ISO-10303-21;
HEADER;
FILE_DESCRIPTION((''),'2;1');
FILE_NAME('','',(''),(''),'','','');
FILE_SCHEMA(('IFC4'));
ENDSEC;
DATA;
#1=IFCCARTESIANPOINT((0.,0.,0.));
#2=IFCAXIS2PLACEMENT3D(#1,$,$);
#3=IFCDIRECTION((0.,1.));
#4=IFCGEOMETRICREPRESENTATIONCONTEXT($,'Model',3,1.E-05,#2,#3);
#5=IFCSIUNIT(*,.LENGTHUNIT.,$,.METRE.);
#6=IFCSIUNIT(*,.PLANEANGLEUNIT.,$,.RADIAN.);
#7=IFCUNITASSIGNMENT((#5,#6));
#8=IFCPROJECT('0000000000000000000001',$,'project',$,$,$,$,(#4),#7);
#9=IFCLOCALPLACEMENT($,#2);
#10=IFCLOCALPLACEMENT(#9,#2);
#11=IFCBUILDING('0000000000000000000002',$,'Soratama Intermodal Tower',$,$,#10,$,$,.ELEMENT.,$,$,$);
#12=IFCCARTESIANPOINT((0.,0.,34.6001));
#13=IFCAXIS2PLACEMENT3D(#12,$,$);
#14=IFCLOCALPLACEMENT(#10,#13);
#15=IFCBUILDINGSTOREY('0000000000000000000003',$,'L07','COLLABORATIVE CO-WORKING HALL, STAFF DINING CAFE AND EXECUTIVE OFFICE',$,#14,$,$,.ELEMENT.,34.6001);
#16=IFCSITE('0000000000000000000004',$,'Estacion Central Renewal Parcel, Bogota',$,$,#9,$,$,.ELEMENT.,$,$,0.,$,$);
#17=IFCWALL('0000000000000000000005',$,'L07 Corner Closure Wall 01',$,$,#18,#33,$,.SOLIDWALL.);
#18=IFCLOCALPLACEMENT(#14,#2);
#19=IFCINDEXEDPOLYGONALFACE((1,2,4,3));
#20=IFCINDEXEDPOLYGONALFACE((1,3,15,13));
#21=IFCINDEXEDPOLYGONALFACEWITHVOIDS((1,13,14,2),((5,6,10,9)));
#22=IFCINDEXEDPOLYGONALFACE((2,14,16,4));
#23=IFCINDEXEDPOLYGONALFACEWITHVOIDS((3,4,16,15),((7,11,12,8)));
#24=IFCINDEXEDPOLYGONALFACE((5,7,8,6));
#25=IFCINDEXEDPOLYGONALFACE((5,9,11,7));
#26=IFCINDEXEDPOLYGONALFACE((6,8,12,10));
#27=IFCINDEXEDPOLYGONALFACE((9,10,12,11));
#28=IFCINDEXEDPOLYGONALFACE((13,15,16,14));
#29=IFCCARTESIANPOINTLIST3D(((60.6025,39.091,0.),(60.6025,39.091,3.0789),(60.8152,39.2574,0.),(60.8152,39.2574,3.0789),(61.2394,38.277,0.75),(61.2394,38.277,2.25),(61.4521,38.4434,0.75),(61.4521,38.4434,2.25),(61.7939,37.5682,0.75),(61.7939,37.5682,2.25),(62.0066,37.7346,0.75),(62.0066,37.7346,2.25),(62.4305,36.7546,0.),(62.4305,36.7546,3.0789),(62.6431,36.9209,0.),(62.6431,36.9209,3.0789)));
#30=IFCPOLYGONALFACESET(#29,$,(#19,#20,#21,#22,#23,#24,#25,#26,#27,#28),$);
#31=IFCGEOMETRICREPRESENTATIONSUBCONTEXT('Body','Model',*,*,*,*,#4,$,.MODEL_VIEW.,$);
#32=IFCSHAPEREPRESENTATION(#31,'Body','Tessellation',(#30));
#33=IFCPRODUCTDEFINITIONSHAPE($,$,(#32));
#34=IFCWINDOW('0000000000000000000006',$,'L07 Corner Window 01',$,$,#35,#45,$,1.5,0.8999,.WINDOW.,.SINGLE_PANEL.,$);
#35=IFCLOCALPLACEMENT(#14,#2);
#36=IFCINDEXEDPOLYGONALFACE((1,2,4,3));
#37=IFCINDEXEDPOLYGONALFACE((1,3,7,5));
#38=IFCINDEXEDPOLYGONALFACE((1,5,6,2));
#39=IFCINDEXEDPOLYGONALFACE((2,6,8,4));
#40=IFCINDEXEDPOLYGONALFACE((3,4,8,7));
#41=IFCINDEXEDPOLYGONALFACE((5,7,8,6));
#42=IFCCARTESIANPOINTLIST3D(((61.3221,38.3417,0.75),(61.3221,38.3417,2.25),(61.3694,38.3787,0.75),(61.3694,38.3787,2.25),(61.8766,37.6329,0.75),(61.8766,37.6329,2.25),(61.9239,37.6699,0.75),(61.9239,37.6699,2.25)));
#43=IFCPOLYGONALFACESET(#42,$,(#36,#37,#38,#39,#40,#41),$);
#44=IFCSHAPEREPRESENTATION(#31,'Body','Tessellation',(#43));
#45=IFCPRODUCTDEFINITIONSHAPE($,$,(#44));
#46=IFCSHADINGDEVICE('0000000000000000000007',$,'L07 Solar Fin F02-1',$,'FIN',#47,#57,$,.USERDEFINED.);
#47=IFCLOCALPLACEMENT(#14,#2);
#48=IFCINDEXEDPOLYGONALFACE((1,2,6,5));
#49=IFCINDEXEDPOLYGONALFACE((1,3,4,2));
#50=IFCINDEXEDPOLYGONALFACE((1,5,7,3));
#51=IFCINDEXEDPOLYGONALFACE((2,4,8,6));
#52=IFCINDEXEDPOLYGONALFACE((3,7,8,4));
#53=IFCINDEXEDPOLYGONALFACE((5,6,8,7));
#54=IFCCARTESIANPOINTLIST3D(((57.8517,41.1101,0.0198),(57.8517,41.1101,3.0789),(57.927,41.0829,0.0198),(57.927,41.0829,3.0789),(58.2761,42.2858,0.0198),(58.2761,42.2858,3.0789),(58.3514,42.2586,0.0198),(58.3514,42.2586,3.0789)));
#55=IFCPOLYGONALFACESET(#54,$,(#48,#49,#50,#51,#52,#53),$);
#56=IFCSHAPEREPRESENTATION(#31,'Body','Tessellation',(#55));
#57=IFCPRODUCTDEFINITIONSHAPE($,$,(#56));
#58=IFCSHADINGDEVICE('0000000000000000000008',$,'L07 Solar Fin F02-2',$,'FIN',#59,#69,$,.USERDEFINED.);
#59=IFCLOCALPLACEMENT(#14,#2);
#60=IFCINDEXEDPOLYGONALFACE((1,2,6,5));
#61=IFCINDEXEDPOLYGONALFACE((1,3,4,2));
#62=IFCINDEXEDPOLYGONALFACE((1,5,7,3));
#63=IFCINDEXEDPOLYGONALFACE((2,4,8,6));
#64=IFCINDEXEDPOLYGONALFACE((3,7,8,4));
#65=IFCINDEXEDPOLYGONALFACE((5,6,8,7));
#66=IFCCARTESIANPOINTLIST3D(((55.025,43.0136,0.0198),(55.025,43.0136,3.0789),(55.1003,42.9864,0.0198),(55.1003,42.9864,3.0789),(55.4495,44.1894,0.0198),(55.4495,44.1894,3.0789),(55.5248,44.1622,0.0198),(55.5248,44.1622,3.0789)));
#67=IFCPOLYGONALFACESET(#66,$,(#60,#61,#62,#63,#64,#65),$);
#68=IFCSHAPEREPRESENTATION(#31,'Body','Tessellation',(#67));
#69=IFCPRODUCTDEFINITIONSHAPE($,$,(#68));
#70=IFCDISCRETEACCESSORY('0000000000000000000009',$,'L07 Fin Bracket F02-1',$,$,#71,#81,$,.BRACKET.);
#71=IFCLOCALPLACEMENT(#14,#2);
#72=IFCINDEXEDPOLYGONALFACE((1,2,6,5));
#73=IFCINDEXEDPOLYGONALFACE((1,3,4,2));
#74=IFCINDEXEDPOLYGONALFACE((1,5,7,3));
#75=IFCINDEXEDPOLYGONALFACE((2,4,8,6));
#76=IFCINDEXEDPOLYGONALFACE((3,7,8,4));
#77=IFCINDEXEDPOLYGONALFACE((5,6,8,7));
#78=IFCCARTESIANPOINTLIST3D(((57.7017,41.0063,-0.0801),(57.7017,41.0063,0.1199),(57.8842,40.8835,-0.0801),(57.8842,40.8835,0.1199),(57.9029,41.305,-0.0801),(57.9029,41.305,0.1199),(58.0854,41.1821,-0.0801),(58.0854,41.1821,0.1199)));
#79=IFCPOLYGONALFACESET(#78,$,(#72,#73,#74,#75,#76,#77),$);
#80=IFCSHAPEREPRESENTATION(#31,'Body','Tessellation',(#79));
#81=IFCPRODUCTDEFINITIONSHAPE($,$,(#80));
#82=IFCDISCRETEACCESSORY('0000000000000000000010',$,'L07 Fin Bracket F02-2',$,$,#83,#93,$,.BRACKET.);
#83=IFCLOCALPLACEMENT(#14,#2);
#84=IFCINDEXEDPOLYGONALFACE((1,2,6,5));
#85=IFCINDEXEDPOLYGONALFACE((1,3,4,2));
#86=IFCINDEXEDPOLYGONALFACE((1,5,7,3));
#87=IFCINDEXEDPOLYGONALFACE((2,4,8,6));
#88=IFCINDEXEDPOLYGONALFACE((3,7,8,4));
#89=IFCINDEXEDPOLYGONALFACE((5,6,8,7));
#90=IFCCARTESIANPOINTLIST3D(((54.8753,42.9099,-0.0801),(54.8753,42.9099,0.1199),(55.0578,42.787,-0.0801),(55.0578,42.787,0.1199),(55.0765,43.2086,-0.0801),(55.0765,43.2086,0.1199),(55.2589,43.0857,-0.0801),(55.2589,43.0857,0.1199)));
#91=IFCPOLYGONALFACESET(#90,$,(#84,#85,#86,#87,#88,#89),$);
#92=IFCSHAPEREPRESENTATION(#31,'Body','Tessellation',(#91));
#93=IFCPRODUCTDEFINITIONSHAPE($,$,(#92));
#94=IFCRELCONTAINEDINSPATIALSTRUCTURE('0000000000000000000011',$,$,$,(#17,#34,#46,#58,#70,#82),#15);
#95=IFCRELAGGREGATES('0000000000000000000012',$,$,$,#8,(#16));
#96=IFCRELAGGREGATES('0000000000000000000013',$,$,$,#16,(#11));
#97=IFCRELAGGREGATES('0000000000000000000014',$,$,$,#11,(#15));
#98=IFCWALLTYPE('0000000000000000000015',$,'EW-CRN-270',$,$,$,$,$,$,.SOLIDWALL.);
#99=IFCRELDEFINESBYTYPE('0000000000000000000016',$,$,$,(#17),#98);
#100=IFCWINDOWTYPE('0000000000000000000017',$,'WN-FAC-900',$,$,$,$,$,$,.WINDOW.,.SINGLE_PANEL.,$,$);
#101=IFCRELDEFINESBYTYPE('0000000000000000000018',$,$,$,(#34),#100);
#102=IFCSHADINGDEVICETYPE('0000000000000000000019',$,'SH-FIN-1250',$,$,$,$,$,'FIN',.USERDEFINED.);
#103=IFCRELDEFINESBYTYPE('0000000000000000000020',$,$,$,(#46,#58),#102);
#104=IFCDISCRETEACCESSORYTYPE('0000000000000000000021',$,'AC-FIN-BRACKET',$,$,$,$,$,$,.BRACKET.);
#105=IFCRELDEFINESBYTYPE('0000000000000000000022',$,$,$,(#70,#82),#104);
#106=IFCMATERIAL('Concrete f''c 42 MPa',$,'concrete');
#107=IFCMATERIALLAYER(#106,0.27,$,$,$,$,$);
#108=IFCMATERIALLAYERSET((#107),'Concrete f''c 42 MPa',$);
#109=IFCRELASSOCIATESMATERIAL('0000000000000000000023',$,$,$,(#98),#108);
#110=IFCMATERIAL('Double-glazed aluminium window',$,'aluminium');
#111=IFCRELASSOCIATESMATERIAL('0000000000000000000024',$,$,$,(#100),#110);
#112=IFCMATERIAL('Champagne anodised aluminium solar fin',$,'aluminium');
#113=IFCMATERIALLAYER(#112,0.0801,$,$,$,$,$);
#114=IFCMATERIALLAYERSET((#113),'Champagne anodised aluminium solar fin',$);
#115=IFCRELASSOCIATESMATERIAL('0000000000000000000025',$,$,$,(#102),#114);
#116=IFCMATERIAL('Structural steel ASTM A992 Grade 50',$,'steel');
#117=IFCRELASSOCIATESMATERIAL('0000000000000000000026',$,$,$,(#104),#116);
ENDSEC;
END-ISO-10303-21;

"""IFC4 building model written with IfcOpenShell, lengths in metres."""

from ifc_helpers import new_model, si_unit, direction, frame, frame_2d, origin, origin_2d, place, context, subcontext, project, spatial, rectangle, extrude, material, layer, layer_set, type_object, element, fill, save


model = new_model("IFC4")

# Units and contexts
model_context = context("Model", 3, precision=1e-05, world=origin(), true_north=direction((0.0, 1.0)))
body_context = subcontext(model_context, "Body", "Model", "MODEL_VIEW")
ifc_project = project(units=[si_unit("LENGTHUNIT", "METRE"), si_unit("PLANEANGLEUNIT", "RADIAN")], contexts=[model_context])

# Site, building, storey
site_placement = place(None, origin())
site = spatial("IfcSite", under=ifc_project, at=site_placement, Name="Estacion Central Renewal Parcel, Bogota", CompositionType="ELEMENT", RefElevation=0.0)
building_placement = place(site_placement, origin())
building = spatial("IfcBuilding", under=site, at=building_placement, Name="Soratama Intermodal Tower", CompositionType="ELEMENT")
storey_placement = place(building_placement, frame((0.0, 0.0, 34.6001)))
storey = spatial("IfcBuildingStorey", under=building, at=storey_placement, Name="L07", Description="COLLABORATIVE CO-WORKING HALL, STAFF DINING CAFE AND EXECUTIVE OFFICE", CompositionType="ELEMENT", Elevation=34.6001)

# Wall, opening, window
ifc_material_1 = material(Name="Concrete f'c 42 MPa", Category="concrete")
ifc_layer_1 = layer(ifc_material_1, 0.27)
ifc_layer_set_1 = layer_set([ifc_layer_1], Name="Concrete f'c 42 MPa")
wall_type = type_object("IfcWallType", Name="EW-CRN-270", PredefinedType="SOLIDWALL", material=ifc_layer_set_1)
wall_placement = place(storey_placement, frame((62.5369, 36.8376, 0.0), z_axis=(0.0, 0.0, 1.0), x_axis=(-0.616177, 0.787607, 0.0)))
wall = element("IfcWall", 1, at=wall_placement, inside=storey, type_object=wall_type, Name="L07 Corner Closure Wall 01", PredefinedType="SOLIDWALL", context=body_context, shape_type="SweptSolid", body=[
    extrude(rectangle(XDim=2.9666, YDim=0.27, at=frame_2d((1.4834, 0.0))), origin(), (0.0, 0.0, 1.0), 3.0789),
])
opening_placement = place(wall_placement, frame((1.0332, 0.0, 0.75)))
opening = element("IfcOpeningElement", 2, at=opening_placement, cuts=wall, PredefinedType="OPENING", context=body_context, shape_type="SweptSolid", body=[
    extrude(rectangle(XDim=0.8999, YDim=1.5, at=frame_2d((0.45, 0.75))), frame((0.0, 0.145, 0.0), z_axis=(0.0, -1.0, 0.0), x_axis=(1.0, 0.0, 0.0)), (0.0, 0.0, 1.0), 0.29),
])
ifc_material_2 = material(Name="Double-glazed aluminium window", Category="aluminium")
window_type = type_object("IfcWindowType", Name="WN-FAC-900", PartitioningType="SINGLE_PANEL", PredefinedType="WINDOW", material=ifc_material_2)
window_placement = place(opening_placement, origin())
window = element("IfcWindow", 3, at=window_placement, inside=storey, type_object=window_type, Name="L07 Corner Window 01", OverallHeight=1.5, OverallWidth=0.8999, PartitioningType="SINGLE_PANEL", PredefinedType="WINDOW", context=body_context, shape_type="SweptSolid", body=[
    extrude(rectangle(XDim=0.8999, YDim=1.5, at=frame_2d((0.45, 0.75))), frame((0.0, 0.03, 0.0), z_axis=(0.0, -1.0, 0.0), x_axis=(1.0, 0.0, 0.0)), (0.0, 0.0, 1.0), 0.0601),
])
fill(opening, window)

# Shading devices
ifc_material_3 = material(Name="Champagne anodised aluminium solar fin", Category="aluminium")
ifc_layer_2 = layer(ifc_material_3, 0.0801)
ifc_layer_set_2 = layer_set([ifc_layer_2], Name="Champagne anodised aluminium solar fin")
shading_device_type = type_object("IfcShadingDeviceType", Name="SH-FIN-1250", ElementType="FIN", PredefinedType="USERDEFINED", material=ifc_layer_set_2)
for number, where, z_axis, x_axis, name in (
    (4, (58.1016, 41.6843, 0.0198), (0.0, 0.0, 1.0), (0.339559, 0.940585, 0.0), "L07 Solar Fin F02-1"),
    (5, (55.2749, 43.5879, 0.0198), (0.0, 0.0, 1.0), (0.339559, 0.940585, 0.0), "L07 Solar Fin F02-2"),
):
    element("IfcShadingDevice", number, at=place(storey_placement, frame(where, z_axis=z_axis, x_axis=x_axis)), inside=storey, type_object=shading_device_type, Name=name, ObjectType="FIN", PredefinedType="USERDEFINED", context=body_context, shape_type="SweptSolid", body=[
        extrude(rectangle(XDim=1.25, YDim=0.0801, at=origin_2d()), origin(), (0.0, 0.0, 1.0), 3.0591),
    ])

# Discrete accessories
ifc_material_4 = material(Name="Structural steel ASTM A992 Grade 50", Category="steel")
discrete_accessory_type = type_object("IfcDiscreteAccessoryType", Name="AC-FIN-BRACKET", PredefinedType="BRACKET", material=ifc_material_4)
for number, where, z_axis, x_axis, name in (
    (6, (57.8936, 41.0942, -0.0801), (0.0, 0.0, 1.0), (0.558614, 0.829428, 0.0), "L07 Fin Bracket F02-1"),
    (7, (55.0671, 42.9978, -0.0801), (0.0, 0.0, 1.0), (0.558614, 0.829428, 0.0), "L07 Fin Bracket F02-2"),
):
    element("IfcDiscreteAccessory", number, at=place(storey_placement, frame(where, z_axis=z_axis, x_axis=x_axis)), inside=storey, type_object=discrete_accessory_type, Name=name, PredefinedType="BRACKET", context=body_context, shape_type="SweptSolid", body=[
        extrude(rectangle(XDim=0.3601, YDim=0.22, at=origin_2d()), origin(), (0.0, 0.0, 1.0), 0.2),
    ])

save(model, "model.ifc")
